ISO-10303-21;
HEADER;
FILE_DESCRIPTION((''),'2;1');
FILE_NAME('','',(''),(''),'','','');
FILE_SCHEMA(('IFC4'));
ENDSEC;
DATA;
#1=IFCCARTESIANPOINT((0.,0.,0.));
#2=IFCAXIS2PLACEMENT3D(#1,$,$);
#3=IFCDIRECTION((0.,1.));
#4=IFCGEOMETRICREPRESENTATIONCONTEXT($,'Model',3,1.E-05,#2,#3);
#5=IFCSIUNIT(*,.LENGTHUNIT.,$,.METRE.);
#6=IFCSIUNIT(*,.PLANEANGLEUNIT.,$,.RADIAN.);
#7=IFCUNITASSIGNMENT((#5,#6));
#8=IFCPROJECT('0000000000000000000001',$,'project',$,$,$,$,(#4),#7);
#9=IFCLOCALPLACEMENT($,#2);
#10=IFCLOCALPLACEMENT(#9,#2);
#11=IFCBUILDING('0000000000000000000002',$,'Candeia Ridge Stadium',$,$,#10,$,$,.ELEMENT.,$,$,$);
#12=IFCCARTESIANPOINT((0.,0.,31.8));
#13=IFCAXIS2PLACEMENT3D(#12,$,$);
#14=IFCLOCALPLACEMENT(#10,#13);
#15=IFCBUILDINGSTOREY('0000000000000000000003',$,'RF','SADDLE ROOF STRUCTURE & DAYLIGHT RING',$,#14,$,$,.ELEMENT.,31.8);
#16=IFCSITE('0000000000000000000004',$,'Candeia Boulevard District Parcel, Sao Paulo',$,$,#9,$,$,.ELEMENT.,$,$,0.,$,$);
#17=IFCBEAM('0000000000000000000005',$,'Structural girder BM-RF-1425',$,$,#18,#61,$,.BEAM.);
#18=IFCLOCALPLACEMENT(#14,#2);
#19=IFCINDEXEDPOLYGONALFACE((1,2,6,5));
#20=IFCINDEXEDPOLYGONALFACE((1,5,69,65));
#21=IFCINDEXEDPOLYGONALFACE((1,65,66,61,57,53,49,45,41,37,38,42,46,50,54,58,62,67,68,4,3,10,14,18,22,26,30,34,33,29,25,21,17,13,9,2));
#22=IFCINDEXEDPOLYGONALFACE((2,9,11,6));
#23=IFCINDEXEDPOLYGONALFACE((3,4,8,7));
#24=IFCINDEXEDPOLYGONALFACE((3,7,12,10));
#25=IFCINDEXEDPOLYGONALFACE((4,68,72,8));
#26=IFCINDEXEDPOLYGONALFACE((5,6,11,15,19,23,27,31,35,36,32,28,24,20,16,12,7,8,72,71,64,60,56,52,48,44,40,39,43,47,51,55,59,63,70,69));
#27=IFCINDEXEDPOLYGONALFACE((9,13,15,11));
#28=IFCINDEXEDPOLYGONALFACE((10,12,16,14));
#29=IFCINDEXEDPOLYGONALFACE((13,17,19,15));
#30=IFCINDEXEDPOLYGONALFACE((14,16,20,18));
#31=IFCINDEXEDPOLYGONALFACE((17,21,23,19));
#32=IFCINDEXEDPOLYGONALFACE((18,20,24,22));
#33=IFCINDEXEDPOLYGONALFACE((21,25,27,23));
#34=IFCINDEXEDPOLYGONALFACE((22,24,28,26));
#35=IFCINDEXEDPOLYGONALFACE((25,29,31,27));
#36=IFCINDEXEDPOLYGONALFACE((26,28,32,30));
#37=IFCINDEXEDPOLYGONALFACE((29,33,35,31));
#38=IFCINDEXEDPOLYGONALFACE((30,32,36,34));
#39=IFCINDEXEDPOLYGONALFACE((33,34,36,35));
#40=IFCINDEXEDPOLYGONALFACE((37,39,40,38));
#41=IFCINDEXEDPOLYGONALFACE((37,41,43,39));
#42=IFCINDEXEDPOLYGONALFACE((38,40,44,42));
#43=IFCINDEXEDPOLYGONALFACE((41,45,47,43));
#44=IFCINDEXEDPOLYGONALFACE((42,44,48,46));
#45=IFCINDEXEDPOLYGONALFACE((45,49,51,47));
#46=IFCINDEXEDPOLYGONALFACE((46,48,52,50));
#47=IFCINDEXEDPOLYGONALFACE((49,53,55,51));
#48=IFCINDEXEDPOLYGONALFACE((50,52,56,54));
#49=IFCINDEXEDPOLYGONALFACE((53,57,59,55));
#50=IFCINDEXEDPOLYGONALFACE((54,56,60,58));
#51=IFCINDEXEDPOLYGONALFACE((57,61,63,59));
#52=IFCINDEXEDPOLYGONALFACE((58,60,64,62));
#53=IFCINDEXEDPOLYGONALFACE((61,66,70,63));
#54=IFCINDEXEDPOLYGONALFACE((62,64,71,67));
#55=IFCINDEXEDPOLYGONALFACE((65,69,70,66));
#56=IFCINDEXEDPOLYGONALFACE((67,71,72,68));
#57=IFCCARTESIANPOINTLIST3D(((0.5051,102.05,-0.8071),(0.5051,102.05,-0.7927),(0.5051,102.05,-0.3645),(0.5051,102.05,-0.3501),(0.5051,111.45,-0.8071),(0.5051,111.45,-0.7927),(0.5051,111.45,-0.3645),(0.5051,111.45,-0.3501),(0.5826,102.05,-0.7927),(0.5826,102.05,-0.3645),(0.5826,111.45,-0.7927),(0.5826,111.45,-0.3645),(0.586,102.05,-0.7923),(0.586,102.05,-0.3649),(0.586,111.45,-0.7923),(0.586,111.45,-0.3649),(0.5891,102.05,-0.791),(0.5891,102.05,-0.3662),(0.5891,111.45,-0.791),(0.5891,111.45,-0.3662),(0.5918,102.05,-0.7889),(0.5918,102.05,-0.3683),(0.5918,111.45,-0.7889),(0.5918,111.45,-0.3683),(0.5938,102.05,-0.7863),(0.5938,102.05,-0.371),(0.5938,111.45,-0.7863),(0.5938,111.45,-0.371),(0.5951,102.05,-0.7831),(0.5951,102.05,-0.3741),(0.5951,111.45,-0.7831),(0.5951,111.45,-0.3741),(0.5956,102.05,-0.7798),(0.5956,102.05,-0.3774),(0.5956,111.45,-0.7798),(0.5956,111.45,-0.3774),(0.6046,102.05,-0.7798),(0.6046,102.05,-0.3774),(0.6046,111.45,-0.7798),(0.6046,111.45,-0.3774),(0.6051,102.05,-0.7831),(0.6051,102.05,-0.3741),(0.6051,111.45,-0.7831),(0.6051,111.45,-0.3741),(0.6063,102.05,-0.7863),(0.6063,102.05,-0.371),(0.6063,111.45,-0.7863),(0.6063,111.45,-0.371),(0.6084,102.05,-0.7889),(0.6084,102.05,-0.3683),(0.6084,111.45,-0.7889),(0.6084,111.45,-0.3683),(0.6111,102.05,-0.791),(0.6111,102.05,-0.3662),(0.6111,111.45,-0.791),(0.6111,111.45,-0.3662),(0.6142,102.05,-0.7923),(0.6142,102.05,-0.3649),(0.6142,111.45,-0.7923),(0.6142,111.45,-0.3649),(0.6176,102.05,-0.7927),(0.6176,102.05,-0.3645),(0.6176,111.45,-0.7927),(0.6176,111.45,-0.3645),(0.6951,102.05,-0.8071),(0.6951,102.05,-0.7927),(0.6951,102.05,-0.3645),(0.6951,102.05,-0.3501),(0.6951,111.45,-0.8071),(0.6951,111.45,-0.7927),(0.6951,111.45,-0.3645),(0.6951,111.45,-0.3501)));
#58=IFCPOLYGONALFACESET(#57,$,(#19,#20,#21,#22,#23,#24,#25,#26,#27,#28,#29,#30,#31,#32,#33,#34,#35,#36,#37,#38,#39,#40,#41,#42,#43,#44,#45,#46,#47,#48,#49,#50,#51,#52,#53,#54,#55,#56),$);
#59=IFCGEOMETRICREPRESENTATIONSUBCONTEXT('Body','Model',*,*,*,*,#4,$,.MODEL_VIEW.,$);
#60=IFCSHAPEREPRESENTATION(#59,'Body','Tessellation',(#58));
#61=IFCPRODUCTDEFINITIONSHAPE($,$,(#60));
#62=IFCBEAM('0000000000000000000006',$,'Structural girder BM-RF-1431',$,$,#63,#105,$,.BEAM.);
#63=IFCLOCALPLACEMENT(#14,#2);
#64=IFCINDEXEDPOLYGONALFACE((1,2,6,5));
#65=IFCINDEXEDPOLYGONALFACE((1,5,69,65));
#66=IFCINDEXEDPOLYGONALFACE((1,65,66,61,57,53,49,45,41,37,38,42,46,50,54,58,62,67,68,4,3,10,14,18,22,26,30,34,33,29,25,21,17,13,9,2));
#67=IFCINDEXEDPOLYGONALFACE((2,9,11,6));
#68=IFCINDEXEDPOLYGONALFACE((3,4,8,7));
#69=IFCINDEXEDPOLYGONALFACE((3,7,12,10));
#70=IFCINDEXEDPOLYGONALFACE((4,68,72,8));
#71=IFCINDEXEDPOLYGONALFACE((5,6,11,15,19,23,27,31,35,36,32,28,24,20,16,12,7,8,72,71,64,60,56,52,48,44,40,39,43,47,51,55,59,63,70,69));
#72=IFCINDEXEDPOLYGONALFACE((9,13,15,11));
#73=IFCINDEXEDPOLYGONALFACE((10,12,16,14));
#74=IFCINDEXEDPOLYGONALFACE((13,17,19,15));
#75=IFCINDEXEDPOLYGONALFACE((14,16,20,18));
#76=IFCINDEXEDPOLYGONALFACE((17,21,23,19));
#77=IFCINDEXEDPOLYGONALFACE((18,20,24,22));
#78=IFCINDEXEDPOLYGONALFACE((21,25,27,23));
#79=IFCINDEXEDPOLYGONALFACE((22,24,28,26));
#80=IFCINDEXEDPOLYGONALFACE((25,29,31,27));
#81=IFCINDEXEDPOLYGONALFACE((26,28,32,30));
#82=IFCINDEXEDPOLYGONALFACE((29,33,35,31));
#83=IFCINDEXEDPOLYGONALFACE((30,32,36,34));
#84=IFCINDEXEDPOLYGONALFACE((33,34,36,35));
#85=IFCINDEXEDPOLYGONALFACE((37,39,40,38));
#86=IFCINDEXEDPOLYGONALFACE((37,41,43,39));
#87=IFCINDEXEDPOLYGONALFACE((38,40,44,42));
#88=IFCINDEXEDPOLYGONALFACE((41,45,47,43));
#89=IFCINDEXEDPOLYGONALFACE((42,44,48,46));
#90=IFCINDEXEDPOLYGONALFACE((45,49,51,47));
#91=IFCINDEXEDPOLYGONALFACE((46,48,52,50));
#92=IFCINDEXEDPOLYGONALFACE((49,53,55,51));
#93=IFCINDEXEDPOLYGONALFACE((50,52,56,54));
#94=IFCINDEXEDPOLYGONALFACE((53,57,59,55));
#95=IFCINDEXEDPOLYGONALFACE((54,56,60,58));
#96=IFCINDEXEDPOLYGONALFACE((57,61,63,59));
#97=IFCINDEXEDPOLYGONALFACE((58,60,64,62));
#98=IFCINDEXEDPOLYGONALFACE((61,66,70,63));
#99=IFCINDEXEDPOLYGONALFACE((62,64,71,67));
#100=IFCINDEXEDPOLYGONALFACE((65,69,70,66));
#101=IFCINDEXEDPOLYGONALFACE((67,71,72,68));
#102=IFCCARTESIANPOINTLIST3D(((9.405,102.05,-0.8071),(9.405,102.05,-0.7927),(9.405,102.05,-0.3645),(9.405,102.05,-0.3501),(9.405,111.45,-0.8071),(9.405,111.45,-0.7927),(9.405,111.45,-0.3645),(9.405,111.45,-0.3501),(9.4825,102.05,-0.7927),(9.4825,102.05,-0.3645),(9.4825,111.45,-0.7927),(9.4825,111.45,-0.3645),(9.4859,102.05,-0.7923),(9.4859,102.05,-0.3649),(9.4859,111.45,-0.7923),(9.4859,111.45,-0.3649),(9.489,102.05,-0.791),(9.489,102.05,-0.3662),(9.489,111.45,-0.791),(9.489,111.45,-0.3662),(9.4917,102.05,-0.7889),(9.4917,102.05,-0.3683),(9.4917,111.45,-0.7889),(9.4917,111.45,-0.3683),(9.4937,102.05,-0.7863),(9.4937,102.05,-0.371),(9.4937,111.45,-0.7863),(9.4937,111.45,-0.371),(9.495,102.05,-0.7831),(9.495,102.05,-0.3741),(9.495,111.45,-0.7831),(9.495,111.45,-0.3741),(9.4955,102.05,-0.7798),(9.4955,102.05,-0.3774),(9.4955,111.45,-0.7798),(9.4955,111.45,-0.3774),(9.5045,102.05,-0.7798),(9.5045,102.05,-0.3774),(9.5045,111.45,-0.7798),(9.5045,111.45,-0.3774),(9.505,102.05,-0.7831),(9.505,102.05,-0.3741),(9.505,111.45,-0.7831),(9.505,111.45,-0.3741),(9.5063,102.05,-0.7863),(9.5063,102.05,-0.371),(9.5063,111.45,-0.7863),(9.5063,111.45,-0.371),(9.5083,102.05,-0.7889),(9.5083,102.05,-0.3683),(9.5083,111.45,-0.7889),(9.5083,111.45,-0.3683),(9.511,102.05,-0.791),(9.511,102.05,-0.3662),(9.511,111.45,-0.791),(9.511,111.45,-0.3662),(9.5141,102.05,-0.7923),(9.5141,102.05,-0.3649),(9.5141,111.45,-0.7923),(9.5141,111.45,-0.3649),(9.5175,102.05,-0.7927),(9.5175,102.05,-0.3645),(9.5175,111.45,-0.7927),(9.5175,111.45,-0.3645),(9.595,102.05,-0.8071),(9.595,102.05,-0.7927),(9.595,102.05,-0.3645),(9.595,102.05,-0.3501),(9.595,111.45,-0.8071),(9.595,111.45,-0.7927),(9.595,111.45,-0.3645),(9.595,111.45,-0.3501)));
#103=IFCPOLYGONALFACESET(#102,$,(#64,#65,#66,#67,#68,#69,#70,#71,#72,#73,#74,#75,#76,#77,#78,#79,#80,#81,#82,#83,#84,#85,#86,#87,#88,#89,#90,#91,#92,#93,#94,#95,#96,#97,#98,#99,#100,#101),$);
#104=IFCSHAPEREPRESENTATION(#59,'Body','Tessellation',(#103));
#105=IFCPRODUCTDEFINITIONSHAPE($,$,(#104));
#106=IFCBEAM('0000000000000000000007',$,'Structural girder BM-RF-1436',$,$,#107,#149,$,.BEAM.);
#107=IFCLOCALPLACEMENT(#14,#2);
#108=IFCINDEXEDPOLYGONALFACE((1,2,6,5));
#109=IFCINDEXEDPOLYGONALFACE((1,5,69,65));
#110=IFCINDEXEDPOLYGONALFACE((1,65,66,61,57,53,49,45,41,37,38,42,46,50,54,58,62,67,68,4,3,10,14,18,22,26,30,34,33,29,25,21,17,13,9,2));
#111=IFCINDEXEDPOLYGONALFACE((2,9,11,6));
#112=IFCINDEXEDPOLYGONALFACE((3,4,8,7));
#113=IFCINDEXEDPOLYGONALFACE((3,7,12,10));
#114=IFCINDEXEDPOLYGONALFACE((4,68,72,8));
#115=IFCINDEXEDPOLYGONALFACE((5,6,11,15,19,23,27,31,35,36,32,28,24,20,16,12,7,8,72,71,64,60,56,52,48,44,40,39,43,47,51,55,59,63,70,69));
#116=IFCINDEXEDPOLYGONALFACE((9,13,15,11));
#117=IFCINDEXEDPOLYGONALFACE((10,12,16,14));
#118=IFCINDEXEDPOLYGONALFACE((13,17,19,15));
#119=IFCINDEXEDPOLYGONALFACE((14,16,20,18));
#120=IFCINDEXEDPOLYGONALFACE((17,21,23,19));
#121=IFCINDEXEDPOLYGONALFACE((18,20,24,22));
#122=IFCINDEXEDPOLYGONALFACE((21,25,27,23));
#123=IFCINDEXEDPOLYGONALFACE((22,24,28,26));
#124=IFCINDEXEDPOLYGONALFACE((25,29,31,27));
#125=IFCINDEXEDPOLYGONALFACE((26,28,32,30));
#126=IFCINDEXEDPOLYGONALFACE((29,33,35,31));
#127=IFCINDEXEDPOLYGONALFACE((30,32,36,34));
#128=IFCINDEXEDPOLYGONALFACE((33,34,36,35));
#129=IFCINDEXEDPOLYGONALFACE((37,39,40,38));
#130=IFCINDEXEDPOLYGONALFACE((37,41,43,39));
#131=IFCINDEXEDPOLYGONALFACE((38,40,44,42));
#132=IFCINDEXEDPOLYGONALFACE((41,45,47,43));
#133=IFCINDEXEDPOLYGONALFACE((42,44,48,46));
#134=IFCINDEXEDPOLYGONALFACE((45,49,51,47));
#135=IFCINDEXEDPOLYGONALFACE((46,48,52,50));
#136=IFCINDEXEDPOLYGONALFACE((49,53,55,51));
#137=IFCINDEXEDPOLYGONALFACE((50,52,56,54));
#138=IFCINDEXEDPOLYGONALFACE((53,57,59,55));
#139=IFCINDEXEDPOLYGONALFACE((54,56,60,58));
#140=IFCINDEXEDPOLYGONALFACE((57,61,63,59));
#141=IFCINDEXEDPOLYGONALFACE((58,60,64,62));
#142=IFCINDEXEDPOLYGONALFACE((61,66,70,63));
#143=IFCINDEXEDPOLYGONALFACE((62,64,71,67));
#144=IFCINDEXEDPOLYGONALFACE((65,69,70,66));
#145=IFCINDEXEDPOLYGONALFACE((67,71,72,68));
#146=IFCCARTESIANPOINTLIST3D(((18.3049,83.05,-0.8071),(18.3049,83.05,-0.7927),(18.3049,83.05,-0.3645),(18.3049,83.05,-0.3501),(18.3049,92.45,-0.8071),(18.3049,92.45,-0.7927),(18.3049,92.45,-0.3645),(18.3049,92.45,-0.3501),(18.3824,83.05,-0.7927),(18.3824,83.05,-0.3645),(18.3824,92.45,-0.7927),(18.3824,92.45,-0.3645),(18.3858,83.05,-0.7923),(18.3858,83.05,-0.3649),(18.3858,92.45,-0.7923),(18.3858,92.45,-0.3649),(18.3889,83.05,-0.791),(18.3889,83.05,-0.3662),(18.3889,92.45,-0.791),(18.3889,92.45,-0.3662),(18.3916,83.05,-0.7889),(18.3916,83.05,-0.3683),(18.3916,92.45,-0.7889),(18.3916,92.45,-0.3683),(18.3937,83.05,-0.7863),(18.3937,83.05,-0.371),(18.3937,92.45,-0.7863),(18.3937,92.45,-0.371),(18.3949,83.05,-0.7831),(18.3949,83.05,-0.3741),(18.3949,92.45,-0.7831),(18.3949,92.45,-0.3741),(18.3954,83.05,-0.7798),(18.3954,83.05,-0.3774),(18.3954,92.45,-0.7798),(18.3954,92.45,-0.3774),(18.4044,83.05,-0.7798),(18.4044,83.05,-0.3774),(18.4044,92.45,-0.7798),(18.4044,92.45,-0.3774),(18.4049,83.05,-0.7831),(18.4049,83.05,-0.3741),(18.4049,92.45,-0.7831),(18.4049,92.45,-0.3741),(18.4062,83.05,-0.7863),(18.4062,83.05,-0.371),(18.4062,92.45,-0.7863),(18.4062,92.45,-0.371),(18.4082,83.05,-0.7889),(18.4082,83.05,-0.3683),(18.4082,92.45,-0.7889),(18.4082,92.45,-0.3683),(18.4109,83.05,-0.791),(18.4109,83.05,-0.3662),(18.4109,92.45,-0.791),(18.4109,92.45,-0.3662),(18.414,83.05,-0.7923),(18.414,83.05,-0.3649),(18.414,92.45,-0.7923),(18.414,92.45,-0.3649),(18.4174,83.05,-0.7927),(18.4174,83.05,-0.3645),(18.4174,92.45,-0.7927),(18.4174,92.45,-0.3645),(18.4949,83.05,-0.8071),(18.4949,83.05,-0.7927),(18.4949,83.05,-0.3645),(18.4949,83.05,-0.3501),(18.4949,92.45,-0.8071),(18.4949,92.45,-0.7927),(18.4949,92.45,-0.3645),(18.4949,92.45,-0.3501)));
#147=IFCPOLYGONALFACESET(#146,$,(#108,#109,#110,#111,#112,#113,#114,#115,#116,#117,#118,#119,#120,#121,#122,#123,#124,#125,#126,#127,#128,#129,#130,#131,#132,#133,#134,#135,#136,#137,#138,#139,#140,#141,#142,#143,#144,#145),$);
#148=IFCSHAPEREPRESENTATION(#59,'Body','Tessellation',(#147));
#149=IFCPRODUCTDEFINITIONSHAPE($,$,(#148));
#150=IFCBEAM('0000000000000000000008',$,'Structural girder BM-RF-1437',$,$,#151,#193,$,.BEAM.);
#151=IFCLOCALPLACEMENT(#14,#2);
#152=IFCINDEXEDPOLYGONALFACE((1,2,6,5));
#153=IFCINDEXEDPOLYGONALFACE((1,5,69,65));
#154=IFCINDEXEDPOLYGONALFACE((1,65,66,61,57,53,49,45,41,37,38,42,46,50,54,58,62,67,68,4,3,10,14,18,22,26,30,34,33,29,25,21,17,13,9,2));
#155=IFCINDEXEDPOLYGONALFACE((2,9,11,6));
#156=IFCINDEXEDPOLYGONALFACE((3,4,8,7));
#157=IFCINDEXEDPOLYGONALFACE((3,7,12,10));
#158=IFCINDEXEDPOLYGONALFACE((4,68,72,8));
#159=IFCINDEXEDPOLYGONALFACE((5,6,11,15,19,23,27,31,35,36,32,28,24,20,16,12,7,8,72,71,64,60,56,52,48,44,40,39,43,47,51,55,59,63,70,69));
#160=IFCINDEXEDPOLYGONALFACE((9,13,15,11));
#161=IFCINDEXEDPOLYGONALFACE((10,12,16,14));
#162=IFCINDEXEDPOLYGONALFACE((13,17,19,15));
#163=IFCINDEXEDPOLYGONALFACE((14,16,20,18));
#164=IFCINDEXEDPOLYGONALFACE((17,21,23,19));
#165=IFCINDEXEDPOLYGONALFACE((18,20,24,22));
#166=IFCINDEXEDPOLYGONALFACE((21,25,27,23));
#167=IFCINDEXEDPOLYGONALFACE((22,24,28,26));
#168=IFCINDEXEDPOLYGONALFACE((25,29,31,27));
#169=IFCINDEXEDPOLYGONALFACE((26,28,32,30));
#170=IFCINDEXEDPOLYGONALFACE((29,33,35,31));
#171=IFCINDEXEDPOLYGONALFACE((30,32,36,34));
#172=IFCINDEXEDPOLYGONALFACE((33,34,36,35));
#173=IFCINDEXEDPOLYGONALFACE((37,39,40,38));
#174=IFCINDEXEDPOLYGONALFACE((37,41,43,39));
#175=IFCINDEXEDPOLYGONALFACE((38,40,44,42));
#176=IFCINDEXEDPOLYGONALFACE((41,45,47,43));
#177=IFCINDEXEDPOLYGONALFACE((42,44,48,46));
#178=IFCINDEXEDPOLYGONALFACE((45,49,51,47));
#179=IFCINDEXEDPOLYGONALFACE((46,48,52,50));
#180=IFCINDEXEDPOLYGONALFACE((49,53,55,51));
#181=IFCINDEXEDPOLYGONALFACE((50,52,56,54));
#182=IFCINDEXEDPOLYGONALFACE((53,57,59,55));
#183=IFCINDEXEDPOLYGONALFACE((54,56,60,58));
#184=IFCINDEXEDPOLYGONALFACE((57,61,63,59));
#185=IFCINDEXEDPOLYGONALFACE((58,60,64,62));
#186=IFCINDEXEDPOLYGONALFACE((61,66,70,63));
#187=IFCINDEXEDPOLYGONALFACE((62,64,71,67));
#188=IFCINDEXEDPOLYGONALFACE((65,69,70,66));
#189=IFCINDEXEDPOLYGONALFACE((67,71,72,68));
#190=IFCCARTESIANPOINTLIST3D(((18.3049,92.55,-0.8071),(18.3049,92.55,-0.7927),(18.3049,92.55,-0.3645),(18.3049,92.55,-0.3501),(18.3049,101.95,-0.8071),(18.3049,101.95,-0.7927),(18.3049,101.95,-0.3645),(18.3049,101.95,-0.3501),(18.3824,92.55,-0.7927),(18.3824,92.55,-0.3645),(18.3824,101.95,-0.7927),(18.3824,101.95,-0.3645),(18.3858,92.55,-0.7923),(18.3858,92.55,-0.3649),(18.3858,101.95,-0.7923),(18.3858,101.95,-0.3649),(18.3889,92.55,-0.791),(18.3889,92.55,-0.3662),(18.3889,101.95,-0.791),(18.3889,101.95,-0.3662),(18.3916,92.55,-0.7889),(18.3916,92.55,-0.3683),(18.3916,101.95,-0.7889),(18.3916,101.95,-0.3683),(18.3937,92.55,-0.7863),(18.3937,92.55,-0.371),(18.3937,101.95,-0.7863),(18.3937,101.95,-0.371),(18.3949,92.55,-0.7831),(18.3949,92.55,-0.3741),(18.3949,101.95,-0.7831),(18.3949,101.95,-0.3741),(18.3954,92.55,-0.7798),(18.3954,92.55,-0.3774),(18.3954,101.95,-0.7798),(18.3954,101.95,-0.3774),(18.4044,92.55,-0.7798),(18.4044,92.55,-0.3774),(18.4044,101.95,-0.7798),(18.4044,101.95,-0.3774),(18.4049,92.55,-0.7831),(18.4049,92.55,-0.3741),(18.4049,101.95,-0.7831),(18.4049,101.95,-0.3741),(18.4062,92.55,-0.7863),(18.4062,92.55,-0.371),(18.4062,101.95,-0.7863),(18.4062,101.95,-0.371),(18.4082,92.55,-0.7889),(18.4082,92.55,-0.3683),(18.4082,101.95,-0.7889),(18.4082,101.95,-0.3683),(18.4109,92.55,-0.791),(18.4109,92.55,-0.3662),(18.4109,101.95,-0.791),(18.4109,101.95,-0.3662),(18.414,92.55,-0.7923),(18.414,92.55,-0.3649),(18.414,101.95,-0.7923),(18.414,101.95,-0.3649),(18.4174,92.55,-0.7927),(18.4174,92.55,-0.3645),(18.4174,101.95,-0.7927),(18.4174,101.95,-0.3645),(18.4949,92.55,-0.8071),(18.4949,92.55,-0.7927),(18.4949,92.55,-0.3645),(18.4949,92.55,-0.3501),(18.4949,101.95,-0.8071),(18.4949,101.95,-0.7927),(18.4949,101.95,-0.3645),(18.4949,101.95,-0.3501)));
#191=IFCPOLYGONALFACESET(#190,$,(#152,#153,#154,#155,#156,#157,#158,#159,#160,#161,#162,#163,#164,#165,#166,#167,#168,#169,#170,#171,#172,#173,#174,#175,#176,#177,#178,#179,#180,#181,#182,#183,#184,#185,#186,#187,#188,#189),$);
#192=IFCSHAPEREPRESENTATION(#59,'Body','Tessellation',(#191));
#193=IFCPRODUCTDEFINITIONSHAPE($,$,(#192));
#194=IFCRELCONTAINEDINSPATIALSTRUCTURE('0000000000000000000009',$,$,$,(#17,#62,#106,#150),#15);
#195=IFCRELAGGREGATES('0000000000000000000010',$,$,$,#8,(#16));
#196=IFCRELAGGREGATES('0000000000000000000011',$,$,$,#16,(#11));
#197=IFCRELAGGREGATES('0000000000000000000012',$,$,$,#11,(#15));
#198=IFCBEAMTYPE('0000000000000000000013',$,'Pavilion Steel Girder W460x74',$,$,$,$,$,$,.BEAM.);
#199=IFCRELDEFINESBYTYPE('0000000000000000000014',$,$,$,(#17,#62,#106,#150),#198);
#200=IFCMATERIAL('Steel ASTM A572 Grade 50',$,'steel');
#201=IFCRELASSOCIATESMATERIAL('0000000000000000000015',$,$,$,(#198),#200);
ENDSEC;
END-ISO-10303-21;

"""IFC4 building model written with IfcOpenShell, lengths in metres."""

from ifc_helpers import new_model, si_unit, direction, frame, origin, origin_2d, place, context, subcontext, project, spatial, i_section, extrude, material, material_profile, profile_set, type_object, element, save


model = new_model("IFC4")

# Units and contexts
model_context = context("Model", 3, precision=1e-05, world=origin(), true_north=direction((0.0, 1.0)))
body_context = subcontext(model_context, "Body", "Model", "MODEL_VIEW")
ifc_project = project(units=[si_unit("LENGTHUNIT", "METRE"), si_unit("PLANEANGLEUNIT", "RADIAN")], contexts=[model_context])

# Site, building, storey
site_placement = place(None, origin())
site = spatial("IfcSite", under=ifc_project, at=site_placement, Name="Candeia Boulevard District Parcel, Sao Paulo", CompositionType="ELEMENT", RefElevation=0.0)
building_placement = place(site_placement, origin())
building = spatial("IfcBuilding", under=site, at=building_placement, Name="Candeia Ridge Stadium", CompositionType="ELEMENT")
storey_placement = place(building_placement, frame((0.0, 0.0, 31.8)))
storey = spatial("IfcBuildingStorey", under=building, at=storey_placement, Name="RF", Description="SADDLE ROOF STRUCTURE & DAYLIGHT RING", CompositionType="ELEMENT", Elevation=31.8)

# Beams
ifc_material_1 = material(Name="Steel ASTM A572 Grade 50", Category="steel")
ifc_material_profile_1 = material_profile(ifc_material_1, i_section(OverallWidth=0.1899, OverallDepth=0.457, WebThickness=0.009, FlangeThickness=0.0144, FilletRadius=0.0129, at=origin_2d()), Name="W460x74", Category="steel")
ifc_profile_set_1 = profile_set([ifc_material_profile_1], Name="Steel ASTM A572 Grade 50")
beam_type_1 = type_object("IfcBeamType", Name="Pavilion Steel Girder W460x74", PredefinedType="BEAM", material=ifc_profile_set_1)
for number, where, z_axis, x_axis, name in (
    (1, (0.6001, 102.05, -0.5786), (0.0, 1.0, 0.0), (-1.0, 0.0, 0.0), "Structural girder BM-RF-1425"),
    (2, (9.5, 102.05, -0.5786), (0.0, 1.0, 0.0), (-1.0, 0.0, 0.0), "Structural girder BM-RF-1431"),
    (3, (18.3999, 83.05, -0.5786), (0.0, 1.0, 0.0), (-1.0, 0.0, 0.0), "Structural girder BM-RF-1436"),
    (4, (18.3999, 92.55, -0.5786), (0.0, 1.0, 0.0), (-1.0, 0.0, 0.0), "Structural girder BM-RF-1437"),
):
    element("IfcBeam", number, at=place(storey_placement, frame(where, z_axis=z_axis, x_axis=x_axis)), inside=storey, type_object=beam_type_1, Name=name, PredefinedType="BEAM", context=body_context, shape_type="SweptSolid", body=[
        extrude(i_section(OverallWidth=0.1899, OverallDepth=0.457, WebThickness=0.009, FlangeThickness=0.0144, FilletRadius=0.0129, at=origin_2d()), origin(), (0.0, 0.0, 1.0), 9.3999),
    ])

save(model, "model.ifc")
